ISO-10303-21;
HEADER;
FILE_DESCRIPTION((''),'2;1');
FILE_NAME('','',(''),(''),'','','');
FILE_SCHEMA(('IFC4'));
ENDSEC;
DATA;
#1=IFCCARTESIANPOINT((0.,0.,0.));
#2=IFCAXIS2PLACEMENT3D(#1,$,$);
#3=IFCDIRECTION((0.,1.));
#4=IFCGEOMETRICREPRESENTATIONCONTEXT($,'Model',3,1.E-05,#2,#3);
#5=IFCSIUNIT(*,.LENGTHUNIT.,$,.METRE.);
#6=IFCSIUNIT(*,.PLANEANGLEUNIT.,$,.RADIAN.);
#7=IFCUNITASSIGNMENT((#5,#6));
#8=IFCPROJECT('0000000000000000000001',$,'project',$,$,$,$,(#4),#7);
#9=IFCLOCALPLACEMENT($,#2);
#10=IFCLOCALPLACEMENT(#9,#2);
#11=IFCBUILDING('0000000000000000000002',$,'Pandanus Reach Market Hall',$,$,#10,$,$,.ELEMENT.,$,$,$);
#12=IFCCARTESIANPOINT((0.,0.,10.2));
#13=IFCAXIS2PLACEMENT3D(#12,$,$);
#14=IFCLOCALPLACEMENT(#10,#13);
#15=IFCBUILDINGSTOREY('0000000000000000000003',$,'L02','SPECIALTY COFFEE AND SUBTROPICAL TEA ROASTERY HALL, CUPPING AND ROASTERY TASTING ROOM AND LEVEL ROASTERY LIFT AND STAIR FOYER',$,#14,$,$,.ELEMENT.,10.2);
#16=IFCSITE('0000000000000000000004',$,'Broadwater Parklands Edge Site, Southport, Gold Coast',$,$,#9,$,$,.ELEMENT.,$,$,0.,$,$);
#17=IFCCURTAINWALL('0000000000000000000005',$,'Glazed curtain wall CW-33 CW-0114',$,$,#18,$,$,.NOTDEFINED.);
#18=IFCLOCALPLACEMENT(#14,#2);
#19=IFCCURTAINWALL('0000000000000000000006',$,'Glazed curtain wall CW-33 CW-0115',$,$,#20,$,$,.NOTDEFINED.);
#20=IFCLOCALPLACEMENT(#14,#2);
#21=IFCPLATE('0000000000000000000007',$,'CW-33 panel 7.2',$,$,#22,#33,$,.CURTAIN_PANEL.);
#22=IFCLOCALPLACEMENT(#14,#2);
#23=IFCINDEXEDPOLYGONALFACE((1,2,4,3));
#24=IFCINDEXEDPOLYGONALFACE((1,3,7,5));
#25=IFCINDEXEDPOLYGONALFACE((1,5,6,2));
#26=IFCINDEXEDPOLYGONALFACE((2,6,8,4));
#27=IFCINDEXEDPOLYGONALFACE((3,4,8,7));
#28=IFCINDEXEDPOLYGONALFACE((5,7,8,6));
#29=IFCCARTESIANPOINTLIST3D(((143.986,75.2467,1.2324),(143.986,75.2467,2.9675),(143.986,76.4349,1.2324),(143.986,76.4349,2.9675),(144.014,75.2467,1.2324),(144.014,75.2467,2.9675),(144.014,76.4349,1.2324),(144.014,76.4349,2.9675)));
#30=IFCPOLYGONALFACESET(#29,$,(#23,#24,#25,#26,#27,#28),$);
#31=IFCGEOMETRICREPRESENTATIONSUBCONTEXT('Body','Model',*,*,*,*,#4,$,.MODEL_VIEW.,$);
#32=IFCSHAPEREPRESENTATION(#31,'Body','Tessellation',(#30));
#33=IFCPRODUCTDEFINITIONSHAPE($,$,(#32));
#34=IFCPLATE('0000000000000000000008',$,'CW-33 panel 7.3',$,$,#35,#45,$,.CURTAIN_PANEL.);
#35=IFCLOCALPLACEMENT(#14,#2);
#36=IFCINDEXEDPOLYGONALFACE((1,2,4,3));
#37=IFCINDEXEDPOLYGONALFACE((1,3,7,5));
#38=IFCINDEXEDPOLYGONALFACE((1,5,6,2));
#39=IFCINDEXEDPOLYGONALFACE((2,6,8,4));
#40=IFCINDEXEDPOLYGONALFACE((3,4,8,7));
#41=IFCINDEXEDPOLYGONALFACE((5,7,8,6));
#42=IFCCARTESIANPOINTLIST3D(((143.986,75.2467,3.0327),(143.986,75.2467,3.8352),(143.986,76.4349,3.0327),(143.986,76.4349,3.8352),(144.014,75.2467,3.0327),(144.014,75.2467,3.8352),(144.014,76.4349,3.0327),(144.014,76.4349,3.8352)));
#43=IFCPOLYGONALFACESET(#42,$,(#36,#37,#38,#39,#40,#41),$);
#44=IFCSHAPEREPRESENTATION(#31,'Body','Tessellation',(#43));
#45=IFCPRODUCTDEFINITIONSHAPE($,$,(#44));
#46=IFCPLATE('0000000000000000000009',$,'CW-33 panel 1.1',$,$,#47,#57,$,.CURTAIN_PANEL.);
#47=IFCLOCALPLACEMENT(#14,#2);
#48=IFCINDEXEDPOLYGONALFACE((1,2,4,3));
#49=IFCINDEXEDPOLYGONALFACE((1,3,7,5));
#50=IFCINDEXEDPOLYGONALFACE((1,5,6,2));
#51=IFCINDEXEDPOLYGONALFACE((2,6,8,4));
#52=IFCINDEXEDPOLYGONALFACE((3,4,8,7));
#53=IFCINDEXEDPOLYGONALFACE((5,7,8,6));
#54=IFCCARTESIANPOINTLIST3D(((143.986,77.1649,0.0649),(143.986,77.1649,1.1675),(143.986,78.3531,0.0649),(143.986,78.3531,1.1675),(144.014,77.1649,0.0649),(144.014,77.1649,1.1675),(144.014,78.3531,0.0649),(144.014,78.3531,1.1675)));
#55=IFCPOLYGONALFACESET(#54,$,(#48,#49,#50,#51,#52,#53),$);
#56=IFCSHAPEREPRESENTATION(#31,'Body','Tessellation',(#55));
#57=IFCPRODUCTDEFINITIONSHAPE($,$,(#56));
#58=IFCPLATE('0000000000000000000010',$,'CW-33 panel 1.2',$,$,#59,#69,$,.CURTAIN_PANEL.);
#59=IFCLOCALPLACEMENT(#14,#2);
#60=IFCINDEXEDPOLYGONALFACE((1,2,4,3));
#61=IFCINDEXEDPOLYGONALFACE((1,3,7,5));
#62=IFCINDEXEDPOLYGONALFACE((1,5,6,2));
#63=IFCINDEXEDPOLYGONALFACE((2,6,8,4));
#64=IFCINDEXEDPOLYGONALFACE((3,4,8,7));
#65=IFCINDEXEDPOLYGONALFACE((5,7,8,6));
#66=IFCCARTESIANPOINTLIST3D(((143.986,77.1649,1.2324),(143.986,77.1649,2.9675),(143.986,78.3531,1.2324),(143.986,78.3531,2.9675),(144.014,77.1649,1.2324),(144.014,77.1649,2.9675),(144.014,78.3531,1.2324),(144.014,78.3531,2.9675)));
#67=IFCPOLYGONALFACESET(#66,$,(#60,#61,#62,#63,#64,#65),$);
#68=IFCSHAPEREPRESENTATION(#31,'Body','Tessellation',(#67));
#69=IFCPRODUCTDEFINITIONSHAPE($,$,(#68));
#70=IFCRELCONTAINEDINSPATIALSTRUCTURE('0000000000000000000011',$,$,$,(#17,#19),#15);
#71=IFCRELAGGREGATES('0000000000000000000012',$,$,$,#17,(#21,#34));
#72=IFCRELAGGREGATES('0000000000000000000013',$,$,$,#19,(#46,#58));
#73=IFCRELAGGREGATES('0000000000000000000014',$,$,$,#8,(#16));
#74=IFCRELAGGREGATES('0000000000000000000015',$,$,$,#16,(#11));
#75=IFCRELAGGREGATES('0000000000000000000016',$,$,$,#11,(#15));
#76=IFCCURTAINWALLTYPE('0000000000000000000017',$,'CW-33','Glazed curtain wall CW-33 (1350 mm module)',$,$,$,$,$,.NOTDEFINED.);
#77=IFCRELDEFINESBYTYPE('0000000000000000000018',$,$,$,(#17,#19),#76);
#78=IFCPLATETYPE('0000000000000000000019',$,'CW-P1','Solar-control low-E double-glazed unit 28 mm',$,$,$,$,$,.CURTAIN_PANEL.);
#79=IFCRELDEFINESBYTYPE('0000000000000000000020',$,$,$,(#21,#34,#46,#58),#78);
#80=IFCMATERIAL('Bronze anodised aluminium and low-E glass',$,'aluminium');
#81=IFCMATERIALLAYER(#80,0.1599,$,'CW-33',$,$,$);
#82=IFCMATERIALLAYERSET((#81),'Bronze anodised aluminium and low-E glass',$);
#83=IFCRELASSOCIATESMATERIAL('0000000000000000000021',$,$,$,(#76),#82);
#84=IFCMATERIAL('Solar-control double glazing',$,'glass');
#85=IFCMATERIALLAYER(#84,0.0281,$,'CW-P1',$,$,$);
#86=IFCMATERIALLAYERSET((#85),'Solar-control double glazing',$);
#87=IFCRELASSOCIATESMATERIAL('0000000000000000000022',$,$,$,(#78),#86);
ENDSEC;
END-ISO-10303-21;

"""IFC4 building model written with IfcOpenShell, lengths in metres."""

from ifc_helpers import new_model, si_unit, direction, frame, origin, origin_2d, place, context, subcontext, project, spatial, rectangle, extrude, material, layer, layer_set, type_object, element, aggregate, save


model = new_model("IFC4")

# Units and contexts
model_context = context("Model", 3, precision=1e-05, world=origin(), true_north=direction((0.0, 1.0)))
body_context = subcontext(model_context, "Body", "Model", "MODEL_VIEW")
ifc_project = project(units=[si_unit("LENGTHUNIT", "METRE"), si_unit("PLANEANGLEUNIT", "RADIAN")], contexts=[model_context])

# Site, building, storey
site_placement = place(None, origin())
site = spatial("IfcSite", under=ifc_project, at=site_placement, Name="Broadwater Parklands Edge Site, Southport, Gold Coast", CompositionType="ELEMENT", RefElevation=0.0)
building_placement = place(site_placement, origin())
building = spatial("IfcBuilding", under=site, at=building_placement, Name="Pandanus Reach Market Hall", CompositionType="ELEMENT")
storey_placement = place(building_placement, frame((0.0, 0.0, 10.2)))
storey = spatial("IfcBuildingStorey", under=building, at=storey_placement, Name="L02", Description="SPECIALTY COFFEE AND SUBTROPICAL TEA ROASTERY HALL, CUPPING AND ROASTERY TASTING ROOM AND LEVEL ROASTERY LIFT AND STAIR FOYER", CompositionType="ELEMENT", Elevation=10.2)

# Curtain wall
ifc_material_1 = material(Name="Bronze anodised aluminium and low-E glass", Category="aluminium")
ifc_layer_1 = layer(ifc_material_1, 0.1599, Name="CW-33")
ifc_layer_set_1 = layer_set([ifc_layer_1], Name="Bronze anodised aluminium and low-E glass")
curtain_wall_type = type_object("IfcCurtainWallType", Name="CW-33", Description="Glazed curtain wall CW-33 (1350 mm module)", PredefinedType="NOTDEFINED", material=ifc_layer_set_1)
curtain_wall_1_placement = place(storey_placement, origin())
curtain_wall_1 = element("IfcCurtainWall", 1, at=curtain_wall_1_placement, inside=storey, type_object=curtain_wall_type, Name="Glazed curtain wall CW-33 CW-0114", PredefinedType="NOTDEFINED")

# Curtain wall
curtain_wall_2_placement = place(storey_placement, origin())
curtain_wall_2 = element("IfcCurtainWall", 2, at=curtain_wall_2_placement, inside=storey, type_object=curtain_wall_type, Name="Glazed curtain wall CW-33 CW-0115", PredefinedType="NOTDEFINED")

# Plates
ifc_material_2 = material(Name="Solar-control double glazing", Category="glass")
ifc_layer_2 = layer(ifc_material_2, 0.0281, Name="CW-P1")
ifc_layer_set_2 = layer_set([ifc_layer_2], Name="Solar-control double glazing")
plate_type = type_object("IfcPlateType", Name="CW-P1", Description="Solar-control low-E double-glazed unit 28 mm", PredefinedType="CURTAIN_PANEL", material=ifc_layer_set_2)
plate_1_placement = place(storey_placement, frame((144.0, 75.8408, 1.2324), z_axis=(0.0, 0.0, 1.0), x_axis=(0.0, 1.0, 0.0)))
plate_1 = element("IfcPlate", 3, at=plate_1_placement, type_object=plate_type, Name="CW-33 panel 7.2", PredefinedType="CURTAIN_PANEL", context=body_context, shape_type="SweptSolid", body=[
    extrude(rectangle(XDim=1.1882, YDim=0.0281, at=origin_2d()), origin(), (0.0, 0.0, 1.0), 1.7351),
])
plate_2_placement = place(storey_placement, frame((144.0, 75.8408, 3.0327), z_axis=(0.0, 0.0, 1.0), x_axis=(0.0, 1.0, 0.0)))
plate_2 = element("IfcPlate", 4, at=plate_2_placement, type_object=plate_type, Name="CW-33 panel 7.3", PredefinedType="CURTAIN_PANEL", context=body_context, shape_type="SweptSolid", body=[
    extrude(rectangle(XDim=1.1882, YDim=0.0281, at=origin_2d()), origin(), (0.0, 0.0, 1.0), 0.8025),
])
aggregate(curtain_wall_1, [plate_1, plate_2])
plate_3_placement = place(storey_placement, frame((144.0, 77.759, 0.0649), z_axis=(0.0, 0.0, 1.0), x_axis=(0.0, 1.0, 0.0)))
plate_3 = element("IfcPlate", 5, at=plate_3_placement, type_object=plate_type, Name="CW-33 panel 1.1", PredefinedType="CURTAIN_PANEL", context=body_context, shape_type="SweptSolid", body=[
    extrude(rectangle(XDim=1.1882, YDim=0.0281, at=origin_2d()), origin(), (0.0, 0.0, 1.0), 1.1025),
])
plate_4_placement = place(storey_placement, frame((144.0, 77.759, 1.2324), z_axis=(0.0, 0.0, 1.0), x_axis=(0.0, 1.0, 0.0)))
plate_4 = element("IfcPlate", 6, at=plate_4_placement, type_object=plate_type, Name="CW-33 panel 1.2", PredefinedType="CURTAIN_PANEL", context=body_context, shape_type="SweptSolid", body=[
    extrude(rectangle(XDim=1.1882, YDim=0.0281, at=origin_2d()), origin(), (0.0, 0.0, 1.0), 1.7351),
])
aggregate(curtain_wall_2, [plate_3, plate_4])

save(model, "model.ifc")
